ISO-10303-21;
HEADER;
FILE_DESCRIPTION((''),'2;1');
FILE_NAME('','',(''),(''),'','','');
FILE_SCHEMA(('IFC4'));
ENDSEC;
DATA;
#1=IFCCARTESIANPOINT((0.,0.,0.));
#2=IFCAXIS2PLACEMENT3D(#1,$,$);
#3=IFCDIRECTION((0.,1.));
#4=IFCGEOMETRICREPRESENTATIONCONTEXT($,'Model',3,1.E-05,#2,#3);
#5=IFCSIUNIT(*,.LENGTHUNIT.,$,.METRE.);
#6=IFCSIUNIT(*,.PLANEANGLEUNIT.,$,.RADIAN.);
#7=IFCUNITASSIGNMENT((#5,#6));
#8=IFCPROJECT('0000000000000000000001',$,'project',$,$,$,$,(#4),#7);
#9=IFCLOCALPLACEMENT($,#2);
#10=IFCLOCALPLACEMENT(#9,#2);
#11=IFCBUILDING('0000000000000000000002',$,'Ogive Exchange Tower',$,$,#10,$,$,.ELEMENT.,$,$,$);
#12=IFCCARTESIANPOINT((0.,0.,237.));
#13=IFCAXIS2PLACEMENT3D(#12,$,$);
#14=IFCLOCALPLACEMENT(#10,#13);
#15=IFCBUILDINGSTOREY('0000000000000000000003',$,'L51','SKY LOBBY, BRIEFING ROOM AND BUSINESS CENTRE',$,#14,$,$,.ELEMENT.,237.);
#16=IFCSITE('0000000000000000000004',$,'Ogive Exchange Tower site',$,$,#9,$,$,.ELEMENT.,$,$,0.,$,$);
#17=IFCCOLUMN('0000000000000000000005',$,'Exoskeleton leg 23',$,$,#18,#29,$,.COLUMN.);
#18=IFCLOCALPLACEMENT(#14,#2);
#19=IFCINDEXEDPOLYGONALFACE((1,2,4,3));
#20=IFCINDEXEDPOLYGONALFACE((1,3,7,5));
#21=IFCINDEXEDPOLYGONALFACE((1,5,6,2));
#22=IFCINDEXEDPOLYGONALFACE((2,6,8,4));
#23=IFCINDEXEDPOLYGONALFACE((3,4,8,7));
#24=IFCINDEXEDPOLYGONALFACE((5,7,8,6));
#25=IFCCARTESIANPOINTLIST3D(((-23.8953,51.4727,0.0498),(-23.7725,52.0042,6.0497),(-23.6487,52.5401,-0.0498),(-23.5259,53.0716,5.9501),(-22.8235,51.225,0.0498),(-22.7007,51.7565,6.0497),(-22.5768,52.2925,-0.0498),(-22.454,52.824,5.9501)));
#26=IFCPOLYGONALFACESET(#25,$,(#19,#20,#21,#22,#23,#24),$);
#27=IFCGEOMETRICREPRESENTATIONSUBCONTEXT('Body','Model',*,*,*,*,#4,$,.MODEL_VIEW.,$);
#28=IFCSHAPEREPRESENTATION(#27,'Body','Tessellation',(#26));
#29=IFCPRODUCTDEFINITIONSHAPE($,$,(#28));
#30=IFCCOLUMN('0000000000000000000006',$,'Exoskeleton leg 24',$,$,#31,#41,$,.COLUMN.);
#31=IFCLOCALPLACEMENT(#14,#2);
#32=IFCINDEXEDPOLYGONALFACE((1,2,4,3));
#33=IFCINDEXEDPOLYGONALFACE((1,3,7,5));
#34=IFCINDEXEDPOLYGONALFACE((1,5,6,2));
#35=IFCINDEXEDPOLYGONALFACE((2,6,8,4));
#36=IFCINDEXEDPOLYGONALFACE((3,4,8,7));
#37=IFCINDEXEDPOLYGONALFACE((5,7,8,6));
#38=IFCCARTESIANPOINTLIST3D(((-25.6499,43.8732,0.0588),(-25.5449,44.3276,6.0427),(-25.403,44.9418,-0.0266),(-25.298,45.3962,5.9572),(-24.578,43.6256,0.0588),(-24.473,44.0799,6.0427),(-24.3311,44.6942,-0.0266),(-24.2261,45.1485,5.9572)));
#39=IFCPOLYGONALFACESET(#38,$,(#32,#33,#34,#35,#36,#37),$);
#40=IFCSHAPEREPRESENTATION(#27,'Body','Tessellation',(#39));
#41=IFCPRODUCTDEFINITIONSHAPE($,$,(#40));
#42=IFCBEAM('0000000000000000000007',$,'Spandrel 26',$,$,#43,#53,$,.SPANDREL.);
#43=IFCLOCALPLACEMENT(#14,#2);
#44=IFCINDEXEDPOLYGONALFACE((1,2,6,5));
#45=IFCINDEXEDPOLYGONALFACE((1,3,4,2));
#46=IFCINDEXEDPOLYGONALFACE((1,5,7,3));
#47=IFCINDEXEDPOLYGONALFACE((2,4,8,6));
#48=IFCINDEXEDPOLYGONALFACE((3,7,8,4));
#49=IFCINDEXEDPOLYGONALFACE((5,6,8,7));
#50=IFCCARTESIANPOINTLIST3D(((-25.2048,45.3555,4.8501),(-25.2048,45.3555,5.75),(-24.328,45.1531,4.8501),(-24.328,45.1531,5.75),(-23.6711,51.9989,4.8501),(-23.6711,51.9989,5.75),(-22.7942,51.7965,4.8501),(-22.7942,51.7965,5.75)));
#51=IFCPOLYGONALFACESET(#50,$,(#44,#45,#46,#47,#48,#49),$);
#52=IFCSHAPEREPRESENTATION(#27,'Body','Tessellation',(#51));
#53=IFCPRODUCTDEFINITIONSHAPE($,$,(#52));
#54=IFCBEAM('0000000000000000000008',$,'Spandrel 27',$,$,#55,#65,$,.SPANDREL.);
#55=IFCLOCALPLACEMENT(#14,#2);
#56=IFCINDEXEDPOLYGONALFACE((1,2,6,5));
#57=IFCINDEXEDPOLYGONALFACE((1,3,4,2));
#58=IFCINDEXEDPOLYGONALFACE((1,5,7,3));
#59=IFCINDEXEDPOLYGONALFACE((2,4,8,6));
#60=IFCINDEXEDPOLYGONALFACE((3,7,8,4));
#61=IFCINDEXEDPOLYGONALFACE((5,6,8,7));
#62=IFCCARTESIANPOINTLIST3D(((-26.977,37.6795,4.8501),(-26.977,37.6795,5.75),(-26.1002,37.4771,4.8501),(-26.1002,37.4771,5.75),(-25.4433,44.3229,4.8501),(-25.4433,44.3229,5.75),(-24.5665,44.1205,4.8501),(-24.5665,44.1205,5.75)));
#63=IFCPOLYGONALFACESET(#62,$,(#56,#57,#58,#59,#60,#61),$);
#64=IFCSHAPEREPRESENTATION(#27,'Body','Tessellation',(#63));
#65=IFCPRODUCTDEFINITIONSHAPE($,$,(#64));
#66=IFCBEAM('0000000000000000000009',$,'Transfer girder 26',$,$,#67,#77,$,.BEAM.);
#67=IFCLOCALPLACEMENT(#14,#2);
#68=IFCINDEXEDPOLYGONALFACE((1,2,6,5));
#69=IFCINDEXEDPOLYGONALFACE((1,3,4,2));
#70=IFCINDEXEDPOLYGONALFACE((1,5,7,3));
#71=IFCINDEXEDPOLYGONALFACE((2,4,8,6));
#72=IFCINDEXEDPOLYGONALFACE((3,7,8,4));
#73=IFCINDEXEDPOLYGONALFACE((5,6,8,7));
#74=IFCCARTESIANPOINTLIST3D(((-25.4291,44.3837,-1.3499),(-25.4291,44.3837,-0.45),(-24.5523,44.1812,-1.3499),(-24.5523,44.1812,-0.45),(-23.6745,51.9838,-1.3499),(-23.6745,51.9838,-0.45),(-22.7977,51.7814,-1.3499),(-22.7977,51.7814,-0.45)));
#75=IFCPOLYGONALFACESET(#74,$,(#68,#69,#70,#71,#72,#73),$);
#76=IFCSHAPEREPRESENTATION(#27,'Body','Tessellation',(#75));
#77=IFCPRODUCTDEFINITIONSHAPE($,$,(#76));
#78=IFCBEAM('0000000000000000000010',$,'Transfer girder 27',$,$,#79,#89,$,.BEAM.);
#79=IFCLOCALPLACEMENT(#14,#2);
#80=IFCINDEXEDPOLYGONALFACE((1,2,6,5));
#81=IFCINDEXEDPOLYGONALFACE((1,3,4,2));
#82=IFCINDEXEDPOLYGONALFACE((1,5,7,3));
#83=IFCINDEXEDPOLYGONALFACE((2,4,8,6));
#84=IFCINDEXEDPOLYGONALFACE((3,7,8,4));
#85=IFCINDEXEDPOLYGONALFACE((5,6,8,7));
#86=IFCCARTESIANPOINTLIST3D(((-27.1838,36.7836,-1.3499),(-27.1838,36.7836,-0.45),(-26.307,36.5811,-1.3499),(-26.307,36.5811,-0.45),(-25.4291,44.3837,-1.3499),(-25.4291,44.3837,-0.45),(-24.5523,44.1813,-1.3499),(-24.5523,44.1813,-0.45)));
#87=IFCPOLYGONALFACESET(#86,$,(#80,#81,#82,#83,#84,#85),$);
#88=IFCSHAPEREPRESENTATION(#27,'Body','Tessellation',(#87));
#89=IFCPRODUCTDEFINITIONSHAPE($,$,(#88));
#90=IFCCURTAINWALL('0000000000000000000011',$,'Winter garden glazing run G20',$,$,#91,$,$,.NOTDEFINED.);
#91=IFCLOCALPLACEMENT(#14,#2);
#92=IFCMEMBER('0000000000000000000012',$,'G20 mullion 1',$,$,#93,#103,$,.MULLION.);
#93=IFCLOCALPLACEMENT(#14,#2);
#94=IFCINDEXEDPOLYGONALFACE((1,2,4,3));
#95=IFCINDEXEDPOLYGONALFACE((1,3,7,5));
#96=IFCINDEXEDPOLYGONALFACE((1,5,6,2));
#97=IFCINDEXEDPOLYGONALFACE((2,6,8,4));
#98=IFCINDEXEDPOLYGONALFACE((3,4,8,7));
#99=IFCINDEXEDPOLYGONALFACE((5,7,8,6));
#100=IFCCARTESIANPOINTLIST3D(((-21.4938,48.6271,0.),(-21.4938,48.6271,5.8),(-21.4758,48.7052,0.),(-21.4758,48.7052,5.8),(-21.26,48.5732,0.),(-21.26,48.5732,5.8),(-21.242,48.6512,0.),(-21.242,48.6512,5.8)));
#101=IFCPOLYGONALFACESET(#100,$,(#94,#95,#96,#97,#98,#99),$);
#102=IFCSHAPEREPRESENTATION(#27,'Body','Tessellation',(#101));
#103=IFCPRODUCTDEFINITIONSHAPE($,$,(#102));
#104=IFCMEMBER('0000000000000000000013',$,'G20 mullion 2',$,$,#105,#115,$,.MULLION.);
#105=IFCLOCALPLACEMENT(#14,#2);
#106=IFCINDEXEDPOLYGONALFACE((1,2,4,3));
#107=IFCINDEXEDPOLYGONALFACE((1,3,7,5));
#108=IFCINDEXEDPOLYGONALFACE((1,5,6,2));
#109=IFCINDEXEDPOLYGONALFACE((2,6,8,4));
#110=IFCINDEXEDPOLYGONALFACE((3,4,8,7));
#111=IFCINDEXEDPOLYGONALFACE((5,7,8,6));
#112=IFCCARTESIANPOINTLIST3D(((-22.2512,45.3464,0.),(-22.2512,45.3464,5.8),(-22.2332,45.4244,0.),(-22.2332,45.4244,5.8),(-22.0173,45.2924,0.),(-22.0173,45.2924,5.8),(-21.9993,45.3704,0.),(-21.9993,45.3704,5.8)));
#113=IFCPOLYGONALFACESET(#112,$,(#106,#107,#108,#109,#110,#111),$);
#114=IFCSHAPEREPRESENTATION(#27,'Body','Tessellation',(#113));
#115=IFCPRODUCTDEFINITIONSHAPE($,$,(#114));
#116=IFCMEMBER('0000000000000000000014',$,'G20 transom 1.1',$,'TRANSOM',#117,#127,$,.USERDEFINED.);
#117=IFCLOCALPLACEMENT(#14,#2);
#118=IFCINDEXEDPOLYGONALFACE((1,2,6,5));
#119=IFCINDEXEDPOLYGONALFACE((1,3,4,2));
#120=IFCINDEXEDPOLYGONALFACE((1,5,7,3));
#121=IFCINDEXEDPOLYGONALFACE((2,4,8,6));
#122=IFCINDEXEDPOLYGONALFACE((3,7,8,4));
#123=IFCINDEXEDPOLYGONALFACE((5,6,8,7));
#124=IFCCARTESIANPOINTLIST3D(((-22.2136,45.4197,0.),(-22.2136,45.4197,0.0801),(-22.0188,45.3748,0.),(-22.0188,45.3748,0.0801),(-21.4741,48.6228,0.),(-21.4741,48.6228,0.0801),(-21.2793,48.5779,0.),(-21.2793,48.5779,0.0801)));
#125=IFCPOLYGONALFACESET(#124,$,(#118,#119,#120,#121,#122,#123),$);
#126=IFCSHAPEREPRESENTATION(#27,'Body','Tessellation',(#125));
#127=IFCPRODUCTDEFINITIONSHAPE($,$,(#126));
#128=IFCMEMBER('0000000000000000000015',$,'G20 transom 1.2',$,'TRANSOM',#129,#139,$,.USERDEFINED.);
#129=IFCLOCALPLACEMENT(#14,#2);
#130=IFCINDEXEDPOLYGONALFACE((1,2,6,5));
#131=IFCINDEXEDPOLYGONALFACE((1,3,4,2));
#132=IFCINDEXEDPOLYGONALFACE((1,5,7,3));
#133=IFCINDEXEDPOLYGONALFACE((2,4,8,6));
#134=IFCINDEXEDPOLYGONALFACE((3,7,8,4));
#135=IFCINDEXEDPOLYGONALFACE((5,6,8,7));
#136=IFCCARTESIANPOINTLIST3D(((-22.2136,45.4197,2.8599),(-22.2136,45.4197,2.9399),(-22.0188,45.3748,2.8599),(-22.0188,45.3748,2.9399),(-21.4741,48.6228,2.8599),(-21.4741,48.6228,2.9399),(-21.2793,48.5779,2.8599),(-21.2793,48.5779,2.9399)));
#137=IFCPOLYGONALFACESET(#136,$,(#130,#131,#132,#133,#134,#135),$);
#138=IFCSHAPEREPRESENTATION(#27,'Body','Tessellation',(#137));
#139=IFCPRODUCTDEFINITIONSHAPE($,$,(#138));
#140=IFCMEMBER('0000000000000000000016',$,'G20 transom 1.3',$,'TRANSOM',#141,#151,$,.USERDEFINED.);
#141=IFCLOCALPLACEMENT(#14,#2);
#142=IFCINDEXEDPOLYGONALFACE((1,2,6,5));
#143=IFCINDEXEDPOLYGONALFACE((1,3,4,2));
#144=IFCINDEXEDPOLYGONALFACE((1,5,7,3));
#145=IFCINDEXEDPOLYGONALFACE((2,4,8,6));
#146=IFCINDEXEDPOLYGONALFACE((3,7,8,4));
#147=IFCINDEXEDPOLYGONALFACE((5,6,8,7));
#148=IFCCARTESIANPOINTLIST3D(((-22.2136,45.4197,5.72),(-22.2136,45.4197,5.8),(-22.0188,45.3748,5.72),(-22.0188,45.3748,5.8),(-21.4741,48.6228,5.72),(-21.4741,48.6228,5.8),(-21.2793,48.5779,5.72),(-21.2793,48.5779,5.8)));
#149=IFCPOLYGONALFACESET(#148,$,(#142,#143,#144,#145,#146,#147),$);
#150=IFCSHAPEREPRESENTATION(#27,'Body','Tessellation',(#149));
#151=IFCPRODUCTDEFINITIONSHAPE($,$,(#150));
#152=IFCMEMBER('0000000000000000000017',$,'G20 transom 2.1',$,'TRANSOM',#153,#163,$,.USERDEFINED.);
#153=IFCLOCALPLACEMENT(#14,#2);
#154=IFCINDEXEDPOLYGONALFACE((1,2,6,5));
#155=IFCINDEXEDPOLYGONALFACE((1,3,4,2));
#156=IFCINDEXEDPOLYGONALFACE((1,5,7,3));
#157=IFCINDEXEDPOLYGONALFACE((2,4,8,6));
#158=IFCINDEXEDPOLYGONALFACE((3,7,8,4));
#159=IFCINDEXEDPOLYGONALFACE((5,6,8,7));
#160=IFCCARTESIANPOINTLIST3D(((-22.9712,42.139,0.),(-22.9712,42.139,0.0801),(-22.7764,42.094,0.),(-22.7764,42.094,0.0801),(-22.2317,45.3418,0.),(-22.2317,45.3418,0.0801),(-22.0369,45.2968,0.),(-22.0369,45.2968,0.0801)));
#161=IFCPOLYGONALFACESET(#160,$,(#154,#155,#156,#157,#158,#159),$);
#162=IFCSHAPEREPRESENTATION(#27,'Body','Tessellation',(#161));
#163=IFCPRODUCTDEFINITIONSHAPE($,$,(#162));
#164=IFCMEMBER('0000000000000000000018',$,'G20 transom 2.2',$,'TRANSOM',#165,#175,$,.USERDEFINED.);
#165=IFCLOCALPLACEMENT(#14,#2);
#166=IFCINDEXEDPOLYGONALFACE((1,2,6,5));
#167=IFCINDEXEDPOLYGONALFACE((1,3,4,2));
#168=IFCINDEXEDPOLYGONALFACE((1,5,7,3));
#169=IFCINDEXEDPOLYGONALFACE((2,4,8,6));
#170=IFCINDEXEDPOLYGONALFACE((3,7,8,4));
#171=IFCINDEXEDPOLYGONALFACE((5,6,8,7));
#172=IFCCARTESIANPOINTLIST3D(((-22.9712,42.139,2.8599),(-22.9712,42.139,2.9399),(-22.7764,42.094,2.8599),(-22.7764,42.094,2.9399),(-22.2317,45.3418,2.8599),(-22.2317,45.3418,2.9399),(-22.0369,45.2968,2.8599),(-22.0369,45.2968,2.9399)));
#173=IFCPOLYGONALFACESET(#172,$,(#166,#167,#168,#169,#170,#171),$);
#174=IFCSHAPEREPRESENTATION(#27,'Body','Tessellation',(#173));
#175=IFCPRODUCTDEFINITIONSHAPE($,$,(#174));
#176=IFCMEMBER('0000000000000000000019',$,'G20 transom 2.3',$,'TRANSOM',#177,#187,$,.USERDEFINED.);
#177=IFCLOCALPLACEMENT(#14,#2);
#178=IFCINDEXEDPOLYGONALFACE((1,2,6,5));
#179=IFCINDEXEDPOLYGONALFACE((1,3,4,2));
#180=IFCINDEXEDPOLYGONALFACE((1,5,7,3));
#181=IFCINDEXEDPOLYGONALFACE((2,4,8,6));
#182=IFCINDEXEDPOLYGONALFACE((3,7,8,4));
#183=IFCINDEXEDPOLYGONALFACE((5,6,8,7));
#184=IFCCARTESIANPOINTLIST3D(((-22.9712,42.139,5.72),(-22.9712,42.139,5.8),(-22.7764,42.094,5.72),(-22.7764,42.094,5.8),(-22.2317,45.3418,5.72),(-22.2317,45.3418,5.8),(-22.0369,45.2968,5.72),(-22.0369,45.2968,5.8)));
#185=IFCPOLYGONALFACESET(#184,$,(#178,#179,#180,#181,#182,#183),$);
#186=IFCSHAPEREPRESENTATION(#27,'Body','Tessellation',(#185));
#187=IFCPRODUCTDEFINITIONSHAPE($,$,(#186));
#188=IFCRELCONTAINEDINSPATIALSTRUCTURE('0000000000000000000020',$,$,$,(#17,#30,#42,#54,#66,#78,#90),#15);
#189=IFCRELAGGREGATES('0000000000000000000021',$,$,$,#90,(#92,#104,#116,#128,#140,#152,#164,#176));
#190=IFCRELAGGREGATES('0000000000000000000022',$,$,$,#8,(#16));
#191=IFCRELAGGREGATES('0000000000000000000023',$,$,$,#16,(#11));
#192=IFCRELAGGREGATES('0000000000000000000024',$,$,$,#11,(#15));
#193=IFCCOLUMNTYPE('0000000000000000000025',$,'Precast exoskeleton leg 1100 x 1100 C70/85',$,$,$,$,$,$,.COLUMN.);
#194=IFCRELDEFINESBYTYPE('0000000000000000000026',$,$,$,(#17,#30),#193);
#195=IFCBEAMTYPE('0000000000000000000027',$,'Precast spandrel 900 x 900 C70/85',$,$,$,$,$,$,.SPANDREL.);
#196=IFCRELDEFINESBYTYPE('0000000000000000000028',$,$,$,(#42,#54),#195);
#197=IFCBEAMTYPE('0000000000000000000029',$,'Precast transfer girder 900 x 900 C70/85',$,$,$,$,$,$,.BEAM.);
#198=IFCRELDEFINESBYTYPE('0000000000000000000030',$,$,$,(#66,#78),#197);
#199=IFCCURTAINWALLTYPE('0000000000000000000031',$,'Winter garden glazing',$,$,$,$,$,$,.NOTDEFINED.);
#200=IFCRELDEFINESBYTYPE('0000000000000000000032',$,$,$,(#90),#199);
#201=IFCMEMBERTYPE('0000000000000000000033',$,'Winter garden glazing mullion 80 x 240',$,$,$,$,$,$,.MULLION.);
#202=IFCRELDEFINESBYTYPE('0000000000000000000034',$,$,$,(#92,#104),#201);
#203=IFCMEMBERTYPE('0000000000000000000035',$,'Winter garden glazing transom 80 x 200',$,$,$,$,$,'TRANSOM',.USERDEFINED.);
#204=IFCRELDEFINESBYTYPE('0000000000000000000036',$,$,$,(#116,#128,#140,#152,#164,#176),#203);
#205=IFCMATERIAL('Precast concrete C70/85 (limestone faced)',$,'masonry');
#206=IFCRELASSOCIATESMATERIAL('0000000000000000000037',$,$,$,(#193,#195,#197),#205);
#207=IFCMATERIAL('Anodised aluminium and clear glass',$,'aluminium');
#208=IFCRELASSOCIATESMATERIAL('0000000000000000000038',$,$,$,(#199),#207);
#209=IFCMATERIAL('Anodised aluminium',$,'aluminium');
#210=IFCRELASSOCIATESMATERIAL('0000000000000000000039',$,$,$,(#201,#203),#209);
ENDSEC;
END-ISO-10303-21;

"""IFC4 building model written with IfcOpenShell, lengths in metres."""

from ifc_helpers import new_model, si_unit, direction, frame, origin, origin_2d, place, context, subcontext, project, spatial, rectangle, extrude, material, material_profile, profile_set, type_object, element, aggregate, save


model = new_model("IFC4")

# Units and contexts
model_context = context("Model", 3, precision=1e-05, world=origin(), true_north=direction((0.0, 1.0)))
body_context = subcontext(model_context, "Body", "Model", "MODEL_VIEW")
ifc_project = project(units=[si_unit("LENGTHUNIT", "METRE"), si_unit("PLANEANGLEUNIT", "RADIAN")], contexts=[model_context])

# Site, building, storey
site_placement = place(None, origin())
site = spatial("IfcSite", under=ifc_project, at=site_placement, Name="Ogive Exchange Tower site", CompositionType="ELEMENT", RefElevation=0.0)
building_placement = place(site_placement, origin())
building = spatial("IfcBuilding", under=site, at=building_placement, Name="Ogive Exchange Tower", CompositionType="ELEMENT")
storey_placement = place(building_placement, frame((0.0, 0.0, 237.0)))
storey = spatial("IfcBuildingStorey", under=building, at=storey_placement, Name="L51", Description="SKY LOBBY, BRIEFING ROOM AND BUSINESS CENTRE", CompositionType="ELEMENT", Elevation=237.0)

# Columns
ifc_material_1 = material(Name="Precast concrete C70/85 (limestone faced)", Category="masonry")
ifc_material_profile_1 = material_profile(ifc_material_1, rectangle(XDim=1.1001, YDim=1.1001, at=origin_2d()), Name="1100 x 1100")
ifc_profile_set_1 = profile_set([ifc_material_profile_1], Name="Precast concrete C70/85 (limestone faced)")
column_type = type_object("IfcColumnType", Name="Precast exoskeleton leg 1100 x 1100 C70/85", PredefinedType="COLUMN", material=ifc_profile_set_1)
column_1_placement = place(storey_placement, frame((-23.2361, 51.8826, 0.0), z_axis=(0.020383, 0.088219, 0.995893), x_axis=(-0.974331, 0.225121, 0.0)))
element("IfcColumn", 1, at=column_1_placement, inside=storey, type_object=column_type, Name="Exoskeleton leg 23", PredefinedType="COLUMN", context=body_context, shape_type="SweptSolid", body=[
    extrude(rectangle(XDim=1.1001, YDim=1.1001, at=origin_2d()), origin(), (0.0, 0.0, 1.0), 6.0247),
])
column_2_placement = place(storey_placement, frame((-24.9905, 44.2837, 0.0161), z_axis=(0.017491, 0.075699, 0.996977), x_axis=(-0.974329, 0.225127, 0.0)))
element("IfcColumn", 2, at=column_2_placement, inside=storey, type_object=column_type, Name="Exoskeleton leg 24", PredefinedType="COLUMN", context=body_context, shape_type="SweptSolid", body=[
    extrude(rectangle(XDim=1.1001, YDim=1.1001, at=origin_2d()), origin(), (0.0, 0.0, 1.0), 6.002),
])

# Beams
ifc_material_profile_2 = material_profile(ifc_material_1, rectangle(XDim=0.8999, YDim=0.8999, at=origin_2d()), Name="900 x 900")
ifc_profile_set_2 = profile_set([ifc_material_profile_2], Name="Precast concrete C70/85 (limestone faced)")
beam_type_1 = type_object("IfcBeamType", Name="Precast spandrel 900 x 900 C70/85", PredefinedType="SPANDREL", material=ifc_profile_set_2)
for number, where, z_axis, x_axis, name in (
    (3, (-23.2327, 51.8977, 5.3), (-0.224946, -0.974371, 0.0), (0.974371, -0.224946, 0.0), "Spandrel 26"),
    (4, (-25.0049, 44.2217, 5.3), (-0.224946, -0.974371, 0.0), (0.974371, -0.224946, 0.0), "Spandrel 27"),
):
    element("IfcBeam", number, at=place(storey_placement, frame(where, z_axis=z_axis, x_axis=x_axis)), inside=storey, type_object=beam_type_1, Name=name, PredefinedType="SPANDREL", context=body_context, shape_type="SweptSolid", body=[
        extrude(rectangle(XDim=0.8999, YDim=0.8999, at=origin_2d()), origin(), (0.0, 0.0, 1.0), 6.8181),
    ])
ifc_material_profile_3 = material_profile(ifc_material_1, rectangle(XDim=0.8999, YDim=0.8999, at=origin_2d()), Name="900 x 900")
ifc_profile_set_3 = profile_set([ifc_material_profile_3], Name="Precast concrete C70/85 (limestone faced)")
beam_type_2 = type_object("IfcBeamType", Name="Precast transfer girder 900 x 900 C70/85", PredefinedType="BEAM", material=ifc_profile_set_3)
for number, where, z_axis, x_axis, name in (
    (5, (-23.2361, 51.8826, -0.8999), (-0.224953, -0.97437, 0.0), (0.97437, -0.224953, 0.0), "Transfer girder 26"),
    (6, (-24.9907, 44.2825, -0.8999), (-0.224953, -0.97437, 0.0), (0.97437, -0.224953, 0.0), "Transfer girder 27"),
):
    element("IfcBeam", number, at=place(storey_placement, frame(where, z_axis=z_axis, x_axis=x_axis)), inside=storey, type_object=beam_type_2, Name=name, PredefinedType="BEAM", context=body_context, shape_type="SweptSolid", body=[
        extrude(rectangle(XDim=0.8999, YDim=0.8999, at=origin_2d()), origin(), (0.0, 0.0, 1.0), 7.8),
    ])

# Curtain wall, members
ifc_material_2 = material(Name="Anodised aluminium and clear glass", Category="aluminium")
curtain_wall_type = type_object("IfcCurtainWallType", Name="Winter garden glazing", PredefinedType="NOTDEFINED", material=ifc_material_2)
curtain_wall_placement = place(storey_placement, origin())
curtain_wall = element("IfcCurtainWall", 7, at=curtain_wall_placement, inside=storey, type_object=curtain_wall_type, Name="Winter garden glazing run G20", PredefinedType="NOTDEFINED")
ifc_material_3 = material(Name="Anodised aluminium", Category="aluminium")
ifc_material_profile_4 = material_profile(ifc_material_3, rectangle(XDim=0.24, YDim=0.0801, at=origin_2d()), Name="AL 80x240")
ifc_profile_set_4 = profile_set([ifc_material_profile_4], Name="Anodised aluminium")
member_type_1 = type_object("IfcMemberType", Name="Winter garden glazing mullion 80 x 240", PredefinedType="MULLION", material=ifc_profile_set_4)
member_1_placement = place(storey_placement, frame((-21.3679, 48.6392, 0.0), z_axis=(0.0, 0.0, 1.0), x_axis=(0.97437, -0.224952, 0.0)))
member_1 = element("IfcMember", 8, at=member_1_placement, type_object=member_type_1, Name="G20 mullion 1", PredefinedType="MULLION", context=body_context, shape_type="SweptSolid", body=[
    extrude(rectangle(XDim=0.24, YDim=0.0801, at=origin_2d()), origin(), (0.0, 0.0, 1.0), 5.8),
])
member_2_placement = place(storey_placement, frame((-22.1252, 45.3584, 0.0), z_axis=(0.0, 0.0, 1.0), x_axis=(0.97437, -0.224952, 0.0)))
member_2 = element("IfcMember", 9, at=member_2_placement, type_object=member_type_1, Name="G20 mullion 2", PredefinedType="MULLION", context=body_context, shape_type="SweptSolid", body=[
    extrude(rectangle(XDim=0.24, YDim=0.0801, at=origin_2d()), origin(), (0.0, 0.0, 1.0), 5.8),
])
ifc_material_profile_5 = material_profile(ifc_material_3, rectangle(XDim=0.2, YDim=0.0801, at=origin_2d()), Name="AL 80x200")
ifc_profile_set_5 = profile_set([ifc_material_profile_5], Name="Anodised aluminium")
member_type_2 = type_object("IfcMemberType", Name="Winter garden glazing transom 80 x 200", ElementType="TRANSOM", PredefinedType="USERDEFINED", material=ifc_profile_set_5)
member_3_placement = place(storey_placement, frame((-21.3767, 48.6003, 0.04), z_axis=(-0.224952, -0.97437, 0.0), x_axis=(0.97437, -0.224952, 0.0)))
member_3 = element("IfcMember", 10, at=member_3_placement, type_object=member_type_2, Name="G20 transom 1.1", ObjectType="TRANSOM", PredefinedType="USERDEFINED", context=body_context, shape_type="SweptSolid", body=[
    extrude(rectangle(XDim=0.2, YDim=0.0801, at=origin_2d()), origin(), (0.0, 0.0, 1.0), 3.2874),
])
member_4_placement = place(storey_placement, frame((-21.3767, 48.6003, 2.8999), z_axis=(-0.224952, -0.97437, 0.0), x_axis=(0.97437, -0.224952, 0.0)))
member_4 = element("IfcMember", 11, at=member_4_placement, type_object=member_type_2, Name="G20 transom 1.2", ObjectType="TRANSOM", PredefinedType="USERDEFINED", context=body_context, shape_type="SweptSolid", body=[
    extrude(rectangle(XDim=0.2, YDim=0.0801, at=origin_2d()), origin(), (0.0, 0.0, 1.0), 3.2874),
])
member_5_placement = place(storey_placement, frame((-21.3767, 48.6003, 5.76), z_axis=(-0.224952, -0.97437, 0.0), x_axis=(0.97437, -0.224952, 0.0)))
member_5 = element("IfcMember", 12, at=member_5_placement, type_object=member_type_2, Name="G20 transom 1.3", ObjectType="TRANSOM", PredefinedType="USERDEFINED", context=body_context, shape_type="SweptSolid", body=[
    extrude(rectangle(XDim=0.2, YDim=0.0801, at=origin_2d()), origin(), (0.0, 0.0, 1.0), 3.2874),
])
member_6_placement = place(storey_placement, frame((-22.1343, 45.3193, 0.04), z_axis=(-0.224968, -0.974366, 0.0), x_axis=(0.974366, -0.224968, 0.0)))
member_6 = element("IfcMember", 13, at=member_6_placement, type_object=member_type_2, Name="G20 transom 2.1", ObjectType="TRANSOM", PredefinedType="USERDEFINED", context=body_context, shape_type="SweptSolid", body=[
    extrude(rectangle(XDim=0.2, YDim=0.0801, at=origin_2d()), origin(), (0.0, 0.0, 1.0), 3.2871),
])
member_7_placement = place(storey_placement, frame((-22.1343, 45.3193, 2.8999), z_axis=(-0.224968, -0.974366, 0.0), x_axis=(0.974366, -0.224968, 0.0)))
member_7 = element("IfcMember", 14, at=member_7_placement, type_object=member_type_2, Name="G20 transom 2.2", ObjectType="TRANSOM", PredefinedType="USERDEFINED", context=body_context, shape_type="SweptSolid", body=[
    extrude(rectangle(XDim=0.2, YDim=0.0801, at=origin_2d()), origin(), (0.0, 0.0, 1.0), 3.2871),
])
member_8_placement = place(storey_placement, frame((-22.1343, 45.3193, 5.76), z_axis=(-0.224968, -0.974366, 0.0), x_axis=(0.974366, -0.224968, 0.0)))
member_8 = element("IfcMember", 15, at=member_8_placement, type_object=member_type_2, Name="G20 transom 2.3", ObjectType="TRANSOM", PredefinedType="USERDEFINED", context=body_context, shape_type="SweptSolid", body=[
    extrude(rectangle(XDim=0.2, YDim=0.0801, at=origin_2d()), origin(), (0.0, 0.0, 1.0), 3.2871),
])
aggregate(curtain_wall, [member_1, member_2, member_3, member_4, member_5, member_6, member_7, member_8])

save(model, "model.ifc")
